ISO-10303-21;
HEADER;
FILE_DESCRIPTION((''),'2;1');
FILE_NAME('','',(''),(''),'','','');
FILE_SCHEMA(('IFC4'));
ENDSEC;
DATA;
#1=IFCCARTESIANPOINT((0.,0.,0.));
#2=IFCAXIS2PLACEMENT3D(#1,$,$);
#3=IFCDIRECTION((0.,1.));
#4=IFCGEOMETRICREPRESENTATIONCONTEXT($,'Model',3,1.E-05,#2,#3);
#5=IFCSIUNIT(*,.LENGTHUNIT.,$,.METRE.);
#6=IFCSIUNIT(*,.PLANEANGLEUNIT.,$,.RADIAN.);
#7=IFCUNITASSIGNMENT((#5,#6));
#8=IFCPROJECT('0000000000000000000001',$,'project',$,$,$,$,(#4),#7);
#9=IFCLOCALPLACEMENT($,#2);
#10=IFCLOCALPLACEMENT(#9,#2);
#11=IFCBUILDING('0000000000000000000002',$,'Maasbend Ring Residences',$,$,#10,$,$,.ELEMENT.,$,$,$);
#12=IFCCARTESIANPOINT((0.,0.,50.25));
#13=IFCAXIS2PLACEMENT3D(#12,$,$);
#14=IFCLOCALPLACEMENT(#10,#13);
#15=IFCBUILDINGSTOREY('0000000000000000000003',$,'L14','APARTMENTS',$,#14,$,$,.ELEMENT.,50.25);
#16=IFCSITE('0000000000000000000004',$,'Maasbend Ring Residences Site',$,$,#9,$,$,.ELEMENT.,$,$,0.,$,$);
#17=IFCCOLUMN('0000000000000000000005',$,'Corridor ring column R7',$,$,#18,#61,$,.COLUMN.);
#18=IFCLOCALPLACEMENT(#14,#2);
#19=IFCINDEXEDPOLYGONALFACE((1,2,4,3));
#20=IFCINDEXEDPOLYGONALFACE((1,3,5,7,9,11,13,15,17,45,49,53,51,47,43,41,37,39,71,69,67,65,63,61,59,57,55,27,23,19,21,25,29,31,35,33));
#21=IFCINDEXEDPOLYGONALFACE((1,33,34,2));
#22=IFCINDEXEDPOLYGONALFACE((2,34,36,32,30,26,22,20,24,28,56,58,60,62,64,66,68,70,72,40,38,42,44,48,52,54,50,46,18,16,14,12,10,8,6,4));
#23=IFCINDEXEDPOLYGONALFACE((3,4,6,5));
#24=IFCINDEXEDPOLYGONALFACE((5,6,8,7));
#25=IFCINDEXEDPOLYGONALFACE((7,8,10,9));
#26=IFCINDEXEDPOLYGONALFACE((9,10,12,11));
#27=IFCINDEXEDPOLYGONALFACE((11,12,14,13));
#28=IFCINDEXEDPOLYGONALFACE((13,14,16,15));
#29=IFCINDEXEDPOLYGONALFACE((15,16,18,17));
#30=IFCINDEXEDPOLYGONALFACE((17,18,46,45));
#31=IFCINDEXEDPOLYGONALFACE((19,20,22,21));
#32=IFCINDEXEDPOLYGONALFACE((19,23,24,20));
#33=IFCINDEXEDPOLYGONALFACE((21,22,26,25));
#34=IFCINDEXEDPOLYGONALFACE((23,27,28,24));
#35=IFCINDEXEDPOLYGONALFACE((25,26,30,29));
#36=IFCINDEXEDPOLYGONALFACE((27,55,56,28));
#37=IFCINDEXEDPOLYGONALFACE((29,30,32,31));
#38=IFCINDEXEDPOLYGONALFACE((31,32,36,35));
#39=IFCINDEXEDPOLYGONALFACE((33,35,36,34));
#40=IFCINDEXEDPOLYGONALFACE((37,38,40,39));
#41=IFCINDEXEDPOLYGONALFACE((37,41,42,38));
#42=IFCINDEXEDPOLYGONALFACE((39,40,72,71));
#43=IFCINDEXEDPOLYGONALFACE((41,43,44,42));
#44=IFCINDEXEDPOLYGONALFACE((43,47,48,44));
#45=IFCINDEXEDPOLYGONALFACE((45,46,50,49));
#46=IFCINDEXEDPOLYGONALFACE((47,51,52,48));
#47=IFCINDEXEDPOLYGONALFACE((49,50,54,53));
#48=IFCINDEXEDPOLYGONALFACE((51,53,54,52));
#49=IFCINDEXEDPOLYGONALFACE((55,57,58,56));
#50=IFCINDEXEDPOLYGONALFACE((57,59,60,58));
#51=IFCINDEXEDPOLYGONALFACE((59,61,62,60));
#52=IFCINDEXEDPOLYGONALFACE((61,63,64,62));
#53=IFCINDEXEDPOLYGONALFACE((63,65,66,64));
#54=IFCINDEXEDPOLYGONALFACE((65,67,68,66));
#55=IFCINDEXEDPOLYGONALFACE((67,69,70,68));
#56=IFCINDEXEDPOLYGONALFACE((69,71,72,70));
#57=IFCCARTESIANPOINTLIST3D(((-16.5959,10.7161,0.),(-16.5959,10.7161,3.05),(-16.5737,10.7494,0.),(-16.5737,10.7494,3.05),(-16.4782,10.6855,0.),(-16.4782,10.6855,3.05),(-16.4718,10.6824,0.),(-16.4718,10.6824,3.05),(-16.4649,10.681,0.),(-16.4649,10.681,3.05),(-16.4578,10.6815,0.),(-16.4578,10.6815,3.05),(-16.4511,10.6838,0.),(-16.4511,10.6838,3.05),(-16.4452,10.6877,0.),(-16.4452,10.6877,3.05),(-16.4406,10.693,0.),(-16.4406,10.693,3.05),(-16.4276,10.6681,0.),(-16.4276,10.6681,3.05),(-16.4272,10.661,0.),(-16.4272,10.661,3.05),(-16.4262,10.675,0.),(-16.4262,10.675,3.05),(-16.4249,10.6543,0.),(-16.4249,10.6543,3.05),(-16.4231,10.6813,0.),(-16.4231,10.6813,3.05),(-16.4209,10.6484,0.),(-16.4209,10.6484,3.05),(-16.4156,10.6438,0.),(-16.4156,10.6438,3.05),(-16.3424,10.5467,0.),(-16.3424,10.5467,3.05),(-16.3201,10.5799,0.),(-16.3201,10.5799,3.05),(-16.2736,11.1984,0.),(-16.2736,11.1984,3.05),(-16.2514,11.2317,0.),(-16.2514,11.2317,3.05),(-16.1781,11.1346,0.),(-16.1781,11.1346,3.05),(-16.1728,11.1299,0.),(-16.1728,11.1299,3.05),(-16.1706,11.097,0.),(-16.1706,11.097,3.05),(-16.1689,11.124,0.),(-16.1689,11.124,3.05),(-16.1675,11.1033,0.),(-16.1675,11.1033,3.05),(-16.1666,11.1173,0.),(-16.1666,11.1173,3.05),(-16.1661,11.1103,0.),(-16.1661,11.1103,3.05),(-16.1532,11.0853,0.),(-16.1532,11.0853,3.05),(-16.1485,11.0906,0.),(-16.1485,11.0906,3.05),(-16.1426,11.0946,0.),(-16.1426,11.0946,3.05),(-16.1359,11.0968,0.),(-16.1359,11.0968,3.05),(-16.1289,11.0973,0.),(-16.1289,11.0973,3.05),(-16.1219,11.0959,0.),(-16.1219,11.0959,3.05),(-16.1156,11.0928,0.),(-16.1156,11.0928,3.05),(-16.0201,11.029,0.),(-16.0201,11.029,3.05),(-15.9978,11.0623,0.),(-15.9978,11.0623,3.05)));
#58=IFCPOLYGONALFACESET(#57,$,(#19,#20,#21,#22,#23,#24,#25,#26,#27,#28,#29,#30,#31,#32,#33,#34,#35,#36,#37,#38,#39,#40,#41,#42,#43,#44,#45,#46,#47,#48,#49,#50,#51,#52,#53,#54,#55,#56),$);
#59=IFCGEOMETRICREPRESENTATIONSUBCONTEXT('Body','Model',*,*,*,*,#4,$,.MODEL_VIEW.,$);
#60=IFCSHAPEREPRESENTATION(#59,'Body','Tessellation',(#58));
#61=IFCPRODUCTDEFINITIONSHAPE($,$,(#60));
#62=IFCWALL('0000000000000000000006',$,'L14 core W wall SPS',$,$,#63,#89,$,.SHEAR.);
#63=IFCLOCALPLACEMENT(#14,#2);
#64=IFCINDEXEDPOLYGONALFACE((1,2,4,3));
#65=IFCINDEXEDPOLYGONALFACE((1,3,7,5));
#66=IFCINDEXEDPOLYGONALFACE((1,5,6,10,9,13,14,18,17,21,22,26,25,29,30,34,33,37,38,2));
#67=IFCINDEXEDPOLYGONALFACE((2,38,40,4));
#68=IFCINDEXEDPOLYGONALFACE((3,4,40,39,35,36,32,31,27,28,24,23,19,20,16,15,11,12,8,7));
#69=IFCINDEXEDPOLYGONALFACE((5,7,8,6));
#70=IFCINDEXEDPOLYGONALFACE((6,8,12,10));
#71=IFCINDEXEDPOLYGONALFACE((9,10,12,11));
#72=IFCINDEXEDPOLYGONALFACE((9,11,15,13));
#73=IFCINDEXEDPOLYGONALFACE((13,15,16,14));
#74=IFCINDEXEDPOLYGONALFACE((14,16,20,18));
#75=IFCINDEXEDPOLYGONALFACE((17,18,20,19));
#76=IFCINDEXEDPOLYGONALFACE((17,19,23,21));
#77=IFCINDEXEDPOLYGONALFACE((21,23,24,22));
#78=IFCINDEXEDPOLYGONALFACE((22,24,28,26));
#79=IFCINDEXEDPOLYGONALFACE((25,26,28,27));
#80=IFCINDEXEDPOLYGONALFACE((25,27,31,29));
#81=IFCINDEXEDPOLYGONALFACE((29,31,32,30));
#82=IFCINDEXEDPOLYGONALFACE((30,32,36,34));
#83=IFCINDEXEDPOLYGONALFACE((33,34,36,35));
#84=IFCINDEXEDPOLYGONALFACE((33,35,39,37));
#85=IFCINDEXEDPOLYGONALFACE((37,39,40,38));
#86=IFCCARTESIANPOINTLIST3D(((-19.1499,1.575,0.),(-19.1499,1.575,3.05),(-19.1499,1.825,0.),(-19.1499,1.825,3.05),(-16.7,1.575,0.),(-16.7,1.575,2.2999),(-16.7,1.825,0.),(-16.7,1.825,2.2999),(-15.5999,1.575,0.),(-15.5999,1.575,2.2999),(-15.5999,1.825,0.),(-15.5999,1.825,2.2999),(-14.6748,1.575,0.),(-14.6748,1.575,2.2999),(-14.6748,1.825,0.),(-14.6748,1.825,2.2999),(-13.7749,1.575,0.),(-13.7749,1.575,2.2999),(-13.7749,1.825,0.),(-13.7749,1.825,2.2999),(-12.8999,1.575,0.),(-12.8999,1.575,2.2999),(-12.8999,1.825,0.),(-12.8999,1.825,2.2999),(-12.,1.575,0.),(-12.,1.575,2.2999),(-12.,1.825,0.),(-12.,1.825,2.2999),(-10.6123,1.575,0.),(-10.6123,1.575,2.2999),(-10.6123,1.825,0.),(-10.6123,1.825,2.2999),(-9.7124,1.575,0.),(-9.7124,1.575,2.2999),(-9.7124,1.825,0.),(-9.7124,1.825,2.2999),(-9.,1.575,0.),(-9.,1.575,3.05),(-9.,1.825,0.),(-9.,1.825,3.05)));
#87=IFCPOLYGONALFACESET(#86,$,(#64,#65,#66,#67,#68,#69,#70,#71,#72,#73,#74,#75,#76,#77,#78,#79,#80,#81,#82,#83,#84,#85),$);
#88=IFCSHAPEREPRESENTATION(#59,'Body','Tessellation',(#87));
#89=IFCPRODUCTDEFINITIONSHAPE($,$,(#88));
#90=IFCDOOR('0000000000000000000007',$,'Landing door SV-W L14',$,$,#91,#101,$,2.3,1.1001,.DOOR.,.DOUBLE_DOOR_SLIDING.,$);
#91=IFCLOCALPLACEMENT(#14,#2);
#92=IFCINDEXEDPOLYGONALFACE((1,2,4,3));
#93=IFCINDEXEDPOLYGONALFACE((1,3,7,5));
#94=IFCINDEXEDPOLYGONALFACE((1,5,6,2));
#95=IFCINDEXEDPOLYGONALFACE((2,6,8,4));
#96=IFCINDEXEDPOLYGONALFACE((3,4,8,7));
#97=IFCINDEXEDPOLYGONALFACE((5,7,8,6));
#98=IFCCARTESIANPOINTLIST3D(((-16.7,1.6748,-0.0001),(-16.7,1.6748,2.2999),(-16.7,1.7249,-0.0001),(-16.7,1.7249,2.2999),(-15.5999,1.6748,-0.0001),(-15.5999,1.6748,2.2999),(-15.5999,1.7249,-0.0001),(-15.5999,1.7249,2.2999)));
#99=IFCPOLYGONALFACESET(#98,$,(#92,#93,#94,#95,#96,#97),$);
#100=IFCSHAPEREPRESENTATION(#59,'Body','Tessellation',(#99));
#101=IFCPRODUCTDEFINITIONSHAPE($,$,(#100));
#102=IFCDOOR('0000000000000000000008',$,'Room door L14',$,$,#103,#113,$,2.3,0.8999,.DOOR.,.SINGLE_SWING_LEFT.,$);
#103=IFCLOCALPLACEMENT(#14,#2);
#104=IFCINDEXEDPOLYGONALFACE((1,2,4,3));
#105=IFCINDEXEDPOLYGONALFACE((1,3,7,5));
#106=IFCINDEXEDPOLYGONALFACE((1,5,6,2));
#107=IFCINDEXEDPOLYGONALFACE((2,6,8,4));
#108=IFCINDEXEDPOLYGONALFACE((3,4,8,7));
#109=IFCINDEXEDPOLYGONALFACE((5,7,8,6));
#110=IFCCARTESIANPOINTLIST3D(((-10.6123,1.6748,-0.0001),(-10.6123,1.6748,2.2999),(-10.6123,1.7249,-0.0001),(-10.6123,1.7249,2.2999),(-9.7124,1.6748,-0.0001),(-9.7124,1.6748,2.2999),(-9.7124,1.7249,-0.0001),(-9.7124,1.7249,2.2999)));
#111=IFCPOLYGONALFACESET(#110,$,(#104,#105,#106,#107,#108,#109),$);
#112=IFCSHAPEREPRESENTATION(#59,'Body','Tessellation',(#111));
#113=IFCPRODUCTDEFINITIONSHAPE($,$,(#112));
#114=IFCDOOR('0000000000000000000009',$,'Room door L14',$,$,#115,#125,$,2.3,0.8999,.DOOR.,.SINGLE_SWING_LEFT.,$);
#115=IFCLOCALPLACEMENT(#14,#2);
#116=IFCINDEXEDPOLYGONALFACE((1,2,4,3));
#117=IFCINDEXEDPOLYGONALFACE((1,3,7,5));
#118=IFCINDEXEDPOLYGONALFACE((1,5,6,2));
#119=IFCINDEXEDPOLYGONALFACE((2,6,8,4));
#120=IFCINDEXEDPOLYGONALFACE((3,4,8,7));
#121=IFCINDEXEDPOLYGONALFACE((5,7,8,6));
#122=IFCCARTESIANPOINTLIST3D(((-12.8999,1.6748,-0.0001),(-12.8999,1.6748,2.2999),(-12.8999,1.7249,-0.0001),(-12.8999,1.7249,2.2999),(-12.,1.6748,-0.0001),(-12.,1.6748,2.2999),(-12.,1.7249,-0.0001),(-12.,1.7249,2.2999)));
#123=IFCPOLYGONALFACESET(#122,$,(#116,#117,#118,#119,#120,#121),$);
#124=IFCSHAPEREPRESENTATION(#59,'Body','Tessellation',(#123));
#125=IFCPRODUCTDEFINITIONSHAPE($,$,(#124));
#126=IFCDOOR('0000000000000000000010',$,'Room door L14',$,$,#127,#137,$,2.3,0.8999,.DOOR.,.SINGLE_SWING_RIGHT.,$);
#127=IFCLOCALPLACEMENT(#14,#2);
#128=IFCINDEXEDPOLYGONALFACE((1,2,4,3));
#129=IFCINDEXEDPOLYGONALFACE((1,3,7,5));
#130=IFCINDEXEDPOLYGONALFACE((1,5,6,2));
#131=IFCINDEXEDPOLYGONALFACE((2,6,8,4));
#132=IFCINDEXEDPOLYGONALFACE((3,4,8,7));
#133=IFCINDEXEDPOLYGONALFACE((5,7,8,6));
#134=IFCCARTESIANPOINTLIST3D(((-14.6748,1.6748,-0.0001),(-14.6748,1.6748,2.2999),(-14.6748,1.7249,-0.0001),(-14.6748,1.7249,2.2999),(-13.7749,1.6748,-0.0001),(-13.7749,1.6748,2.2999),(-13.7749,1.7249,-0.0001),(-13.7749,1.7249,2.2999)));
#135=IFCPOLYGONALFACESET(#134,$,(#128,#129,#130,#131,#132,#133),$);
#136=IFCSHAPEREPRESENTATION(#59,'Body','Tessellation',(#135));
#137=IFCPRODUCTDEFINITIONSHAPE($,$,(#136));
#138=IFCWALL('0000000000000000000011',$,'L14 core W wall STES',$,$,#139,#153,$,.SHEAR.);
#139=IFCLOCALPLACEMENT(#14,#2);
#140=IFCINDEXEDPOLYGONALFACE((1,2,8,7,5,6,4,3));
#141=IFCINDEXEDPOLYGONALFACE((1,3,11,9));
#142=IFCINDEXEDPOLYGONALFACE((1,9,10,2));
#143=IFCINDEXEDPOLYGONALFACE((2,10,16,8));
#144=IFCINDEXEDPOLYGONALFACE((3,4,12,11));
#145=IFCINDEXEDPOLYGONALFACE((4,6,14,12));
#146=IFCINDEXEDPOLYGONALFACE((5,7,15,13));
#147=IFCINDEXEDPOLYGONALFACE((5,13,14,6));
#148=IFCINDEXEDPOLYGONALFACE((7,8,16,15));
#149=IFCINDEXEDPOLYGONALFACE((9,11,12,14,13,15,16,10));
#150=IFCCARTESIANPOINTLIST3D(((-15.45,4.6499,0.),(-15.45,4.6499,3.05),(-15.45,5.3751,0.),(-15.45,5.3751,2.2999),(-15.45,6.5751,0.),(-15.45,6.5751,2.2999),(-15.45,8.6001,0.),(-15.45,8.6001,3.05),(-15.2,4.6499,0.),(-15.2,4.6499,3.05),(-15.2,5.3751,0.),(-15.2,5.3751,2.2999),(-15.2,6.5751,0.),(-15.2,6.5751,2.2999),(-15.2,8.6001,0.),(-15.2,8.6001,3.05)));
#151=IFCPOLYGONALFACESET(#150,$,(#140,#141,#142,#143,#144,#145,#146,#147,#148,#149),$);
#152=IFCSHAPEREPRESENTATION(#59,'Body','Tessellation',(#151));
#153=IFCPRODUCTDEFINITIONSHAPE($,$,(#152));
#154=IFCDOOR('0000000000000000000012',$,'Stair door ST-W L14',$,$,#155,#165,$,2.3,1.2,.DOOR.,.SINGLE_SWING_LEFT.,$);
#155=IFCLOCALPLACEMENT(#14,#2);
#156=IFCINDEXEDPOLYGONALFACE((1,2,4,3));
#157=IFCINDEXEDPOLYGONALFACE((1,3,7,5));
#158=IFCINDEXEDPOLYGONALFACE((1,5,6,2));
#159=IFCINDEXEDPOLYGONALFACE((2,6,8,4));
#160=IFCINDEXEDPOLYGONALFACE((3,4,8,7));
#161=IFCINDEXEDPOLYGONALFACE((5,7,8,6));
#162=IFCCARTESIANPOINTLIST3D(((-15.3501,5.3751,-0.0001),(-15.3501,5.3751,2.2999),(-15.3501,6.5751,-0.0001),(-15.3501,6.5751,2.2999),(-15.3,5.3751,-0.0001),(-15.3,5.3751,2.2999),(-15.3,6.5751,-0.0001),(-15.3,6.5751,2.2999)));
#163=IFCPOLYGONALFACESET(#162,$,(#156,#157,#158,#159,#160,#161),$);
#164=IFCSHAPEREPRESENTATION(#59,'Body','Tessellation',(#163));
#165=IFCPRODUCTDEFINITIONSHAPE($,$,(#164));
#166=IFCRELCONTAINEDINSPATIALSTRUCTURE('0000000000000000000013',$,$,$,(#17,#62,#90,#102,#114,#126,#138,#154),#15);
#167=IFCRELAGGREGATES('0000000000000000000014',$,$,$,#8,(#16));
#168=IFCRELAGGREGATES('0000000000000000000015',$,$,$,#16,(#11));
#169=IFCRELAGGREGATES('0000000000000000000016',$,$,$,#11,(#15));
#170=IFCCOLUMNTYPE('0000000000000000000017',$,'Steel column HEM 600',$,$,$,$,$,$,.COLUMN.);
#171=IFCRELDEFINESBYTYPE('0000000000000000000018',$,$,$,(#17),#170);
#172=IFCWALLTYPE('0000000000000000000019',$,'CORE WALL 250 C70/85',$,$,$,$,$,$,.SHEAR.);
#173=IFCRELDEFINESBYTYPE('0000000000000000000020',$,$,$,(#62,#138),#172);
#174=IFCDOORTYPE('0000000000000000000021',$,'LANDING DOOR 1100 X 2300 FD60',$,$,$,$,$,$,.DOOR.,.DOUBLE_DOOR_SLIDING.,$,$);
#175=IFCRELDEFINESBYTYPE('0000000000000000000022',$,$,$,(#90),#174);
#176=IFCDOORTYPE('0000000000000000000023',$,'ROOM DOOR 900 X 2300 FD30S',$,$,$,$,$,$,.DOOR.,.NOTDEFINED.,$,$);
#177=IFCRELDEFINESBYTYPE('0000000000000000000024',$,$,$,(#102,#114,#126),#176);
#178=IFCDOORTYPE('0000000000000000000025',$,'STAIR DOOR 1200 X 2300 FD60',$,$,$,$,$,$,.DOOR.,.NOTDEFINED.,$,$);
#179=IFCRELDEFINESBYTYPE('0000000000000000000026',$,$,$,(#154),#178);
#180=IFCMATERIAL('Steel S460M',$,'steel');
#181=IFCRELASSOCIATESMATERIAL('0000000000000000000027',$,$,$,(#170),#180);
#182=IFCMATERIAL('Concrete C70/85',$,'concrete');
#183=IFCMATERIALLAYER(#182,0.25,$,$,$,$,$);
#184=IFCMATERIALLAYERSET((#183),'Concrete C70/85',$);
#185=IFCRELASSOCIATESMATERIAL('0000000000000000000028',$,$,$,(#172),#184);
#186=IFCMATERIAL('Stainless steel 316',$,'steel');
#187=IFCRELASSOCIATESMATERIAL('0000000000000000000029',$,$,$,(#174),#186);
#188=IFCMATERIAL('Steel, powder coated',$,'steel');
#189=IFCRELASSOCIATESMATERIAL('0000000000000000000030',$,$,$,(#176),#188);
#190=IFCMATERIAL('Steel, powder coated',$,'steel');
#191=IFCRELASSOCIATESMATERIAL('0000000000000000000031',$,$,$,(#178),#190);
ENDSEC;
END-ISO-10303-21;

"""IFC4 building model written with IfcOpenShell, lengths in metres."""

from ifc_helpers import new_model, si_unit, direction, frame, frame_2d, origin, origin_2d, place, context, subcontext, project, spatial, rectangle, i_section, extrude, material, layer, layer_set, material_profile, profile_set, type_object, element, fill, save


model = new_model("IFC4")

# Units and contexts
model_context = context("Model", 3, precision=1e-05, world=origin(), true_north=direction((0.0, 1.0)))
body_context = subcontext(model_context, "Body", "Model", "MODEL_VIEW")
ifc_project = project(units=[si_unit("LENGTHUNIT", "METRE"), si_unit("PLANEANGLEUNIT", "RADIAN")], contexts=[model_context])

# Site, building, storey
site_placement = place(None, origin())
site = spatial("IfcSite", under=ifc_project, at=site_placement, Name="Maasbend Ring Residences Site", CompositionType="ELEMENT", RefElevation=0.0)
building_placement = place(site_placement, origin())
building = spatial("IfcBuilding", under=site, at=building_placement, Name="Maasbend Ring Residences", CompositionType="ELEMENT")
storey_placement = place(building_placement, frame((0.0, 0.0, 50.25)))
storey = spatial("IfcBuildingStorey", under=building, at=storey_placement, Name="L14", Description="APARTMENTS", CompositionType="ELEMENT", Elevation=50.25)

# Column
ifc_material_1 = material(Name="Steel S460M", Category="steel")
ifc_material_profile = material_profile(ifc_material_1, i_section(OverallWidth=0.3049, OverallDepth=0.6201, WebThickness=0.021, FlangeThickness=0.04, FilletRadius=0.0271, at=origin_2d()), Name="HEM 600")
ifc_profile_set = profile_set([ifc_material_profile], Name="Steel S460M")
column_type = type_object("IfcColumnType", Name="Steel column HEM 600", PredefinedType="COLUMN", material=ifc_profile_set)
column_placement = place(storey_placement, frame((-16.2969, 10.8892, 0.0), z_axis=(0.0, 0.0, 1.0), x_axis=(-0.83147, 0.55557, 0.0)))
element("IfcColumn", 1, at=column_placement, inside=storey, type_object=column_type, Name="Corridor ring column R7", PredefinedType="COLUMN", context=body_context, shape_type="SweptSolid", body=[
    extrude(i_section(OverallWidth=0.3049, OverallDepth=0.6201, WebThickness=0.021, FlangeThickness=0.04, FilletRadius=0.0271, at=origin_2d()), origin(), (0.0, 0.0, 1.0), 3.05),
])

# Wall, openings, doors
ifc_material_2 = material(Name="Concrete C70/85", Category="concrete")
ifc_layer_1 = layer(ifc_material_2, 0.25)
ifc_layer_set_1 = layer_set([ifc_layer_1], Name="Concrete C70/85")
wall_type_1 = type_object("IfcWallType", Name="CORE WALL 250 C70/85", PredefinedType="SHEAR", material=ifc_layer_set_1)
wall_1_placement = place(storey_placement, frame((-19.1499, 1.7, 0.0), z_axis=(0.0, 0.0, 1.0), x_axis=(1.0, 0.0, 0.0)))
wall_1 = element("IfcWall", 2, at=wall_1_placement, inside=storey, type_object=wall_type_1, Name="L14 core W wall SPS", PredefinedType="SHEAR", context=body_context, shape_type="SweptSolid", body=[
    extrude(rectangle(XDim=10.1499, YDim=0.25, at=frame_2d((5.075, 0.0))), origin(), (0.0, 0.0, 1.0), 3.05),
])
opening_1_placement = place(wall_1_placement, frame((2.45, 0.0, 0.0)))
opening_1 = element("IfcOpeningElement", 3, at=opening_1_placement, cuts=wall_1, PredefinedType="OPENING", context=body_context, shape_type="SweptSolid", body=[
    extrude(rectangle(XDim=1.1001, YDim=2.3, at=frame_2d((0.55, 1.1499))), frame((0.0, 0.135, 0.0), z_axis=(0.0, -1.0, 0.0), x_axis=(1.0, 0.0, 0.0)), (0.0, 0.0, 1.0), 0.27),
])
opening_2_placement = place(wall_1_placement, frame((8.5376, 0.0, 0.0)))
opening_2 = element("IfcOpeningElement", 4, at=opening_2_placement, cuts=wall_1, PredefinedType="OPENING", context=body_context, shape_type="SweptSolid", body=[
    extrude(rectangle(XDim=0.8999, YDim=2.3, at=frame_2d((0.45, 1.1499))), frame((0.0, 0.135, 0.0), z_axis=(0.0, -1.0, 0.0), x_axis=(1.0, 0.0, 0.0)), (0.0, 0.0, 1.0), 0.27),
])
opening_3_placement = place(wall_1_placement, frame((6.25, 0.0, 0.0)))
opening_3 = element("IfcOpeningElement", 5, at=opening_3_placement, cuts=wall_1, PredefinedType="OPENING", context=body_context, shape_type="SweptSolid", body=[
    extrude(rectangle(XDim=0.8999, YDim=2.3, at=frame_2d((0.45, 1.1499))), frame((0.0, 0.135, 0.0), z_axis=(0.0, -1.0, 0.0), x_axis=(1.0, 0.0, 0.0)), (0.0, 0.0, 1.0), 0.27),
])
opening_4_placement = place(wall_1_placement, frame((4.4751, 0.0, 0.0)))
opening_4 = element("IfcOpeningElement", 6, at=opening_4_placement, cuts=wall_1, PredefinedType="OPENING", context=body_context, shape_type="SweptSolid", body=[
    extrude(rectangle(XDim=0.8999, YDim=2.3, at=frame_2d((0.45, 1.1499))), frame((0.0, 0.135, 0.0), z_axis=(0.0, -1.0, 0.0), x_axis=(1.0, 0.0, 0.0)), (0.0, 0.0, 1.0), 0.27),
])
ifc_material_3 = material(Name="Stainless steel 316", Category="steel")
door_type_1 = type_object("IfcDoorType", Name="LANDING DOOR 1100 X 2300 FD60", OperationType="DOUBLE_DOOR_SLIDING", PredefinedType="DOOR", material=ifc_material_3)
door_1_placement = place(opening_1_placement, origin())
door_1 = element("IfcDoor", 7, at=door_1_placement, inside=storey, type_object=door_type_1, Name="Landing door SV-W L14", OperationType="DOUBLE_DOOR_SLIDING", OverallHeight=2.3, OverallWidth=1.1001, PredefinedType="DOOR", context=body_context, shape_type="SweptSolid", body=[
    extrude(rectangle(XDim=1.1001, YDim=2.3, at=frame_2d((0.55, 1.1499))), frame((0.0, 0.0249, 0.0), z_axis=(0.0, -1.0, 0.0), x_axis=(1.0, 0.0, 0.0)), (0.0, 0.0, 1.0), 0.05),
])
fill(opening_1, door_1)
ifc_material_4 = material(Name="Steel, powder coated", Category="steel")
door_type_2 = type_object("IfcDoorType", Name="ROOM DOOR 900 X 2300 FD30S", OperationType="NOTDEFINED", PredefinedType="DOOR", material=ifc_material_4)
door_2_placement = place(opening_2_placement, origin())
door_2 = element("IfcDoor", 8, at=door_2_placement, inside=storey, type_object=door_type_2, Name="Room door L14", OperationType="SINGLE_SWING_LEFT", OverallHeight=2.3, OverallWidth=0.8999, PredefinedType="DOOR", context=body_context, shape_type="SweptSolid", body=[
    extrude(rectangle(XDim=0.8999, YDim=2.3, at=frame_2d((0.45, 1.1499))), frame((0.0, 0.0249, 0.0), z_axis=(0.0, -1.0, 0.0), x_axis=(1.0, 0.0, 0.0)), (0.0, 0.0, 1.0), 0.05),
])
fill(opening_2, door_2)
door_3_placement = place(opening_3_placement, origin())
door_3 = element("IfcDoor", 9, at=door_3_placement, inside=storey, type_object=door_type_2, Name="Room door L14", OperationType="SINGLE_SWING_LEFT", OverallHeight=2.3, OverallWidth=0.8999, PredefinedType="DOOR", context=body_context, shape_type="SweptSolid", body=[
    extrude(rectangle(XDim=0.8999, YDim=2.3, at=frame_2d((0.45, 1.1499))), frame((0.0, 0.0249, 0.0), z_axis=(0.0, -1.0, 0.0), x_axis=(1.0, 0.0, 0.0)), (0.0, 0.0, 1.0), 0.05),
])
fill(opening_3, door_3)
door_4_placement = place(opening_4_placement, origin())
door_4 = element("IfcDoor", 10, at=door_4_placement, inside=storey, type_object=door_type_2, Name="Room door L14", OperationType="SINGLE_SWING_RIGHT", OverallHeight=2.3, OverallWidth=0.8999, PredefinedType="DOOR", context=body_context, shape_type="SweptSolid", body=[
    extrude(rectangle(XDim=0.8999, YDim=2.3, at=frame_2d((0.45, 1.1499))), frame((0.0, 0.0249, 0.0), z_axis=(0.0, -1.0, 0.0), x_axis=(1.0, 0.0, 0.0)), (0.0, 0.0, 1.0), 0.05),
])
fill(opening_4, door_4)

# Wall, opening, door
wall_2_placement = place(storey_placement, frame((-15.325, 8.6001, 0.0), z_axis=(0.0, 0.0, 1.0), x_axis=(0.0, -1.0, 0.0)))
wall_2 = element("IfcWall", 11, at=wall_2_placement, inside=storey, type_object=wall_type_1, Name="L14 core W wall STES", PredefinedType="SHEAR", context=body_context, shape_type="SweptSolid", body=[
    extrude(rectangle(XDim=3.9502, YDim=0.25, at=frame_2d((1.9751, 0.0))), origin(), (0.0, 0.0, 1.0), 3.05),
])
opening_5_placement = place(wall_2_placement, frame((2.0249, 0.0, 0.0)))
opening_5 = element("IfcOpeningElement", 12, at=opening_5_placement, cuts=wall_2, PredefinedType="OPENING", context=body_context, shape_type="SweptSolid", body=[
    extrude(rectangle(XDim=1.2, YDim=2.3, at=frame_2d((0.6001, 1.1499))), frame((0.0, 0.135, 0.0), z_axis=(0.0, -1.0, 0.0), x_axis=(1.0, 0.0, 0.0)), (0.0, 0.0, 1.0), 0.27),
])
ifc_material_5 = material(Name="Steel, powder coated", Category="steel")
door_type_3 = type_object("IfcDoorType", Name="STAIR DOOR 1200 X 2300 FD60", OperationType="NOTDEFINED", PredefinedType="DOOR", material=ifc_material_5)
door_5_placement = place(opening_5_placement, origin())
door_5 = element("IfcDoor", 13, at=door_5_placement, inside=storey, type_object=door_type_3, Name="Stair door ST-W L14", OperationType="SINGLE_SWING_LEFT", OverallHeight=2.3, OverallWidth=1.2, PredefinedType="DOOR", context=body_context, shape_type="SweptSolid", body=[
    extrude(rectangle(XDim=1.2, YDim=2.3, at=frame_2d((0.6001, 1.1499))), frame((0.0, 0.0249, 0.0), z_axis=(0.0, -1.0, 0.0), x_axis=(1.0, 0.0, 0.0)), (0.0, 0.0, 1.0), 0.05),
])
fill(opening_5, door_5)

save(model, "model.ifc")
